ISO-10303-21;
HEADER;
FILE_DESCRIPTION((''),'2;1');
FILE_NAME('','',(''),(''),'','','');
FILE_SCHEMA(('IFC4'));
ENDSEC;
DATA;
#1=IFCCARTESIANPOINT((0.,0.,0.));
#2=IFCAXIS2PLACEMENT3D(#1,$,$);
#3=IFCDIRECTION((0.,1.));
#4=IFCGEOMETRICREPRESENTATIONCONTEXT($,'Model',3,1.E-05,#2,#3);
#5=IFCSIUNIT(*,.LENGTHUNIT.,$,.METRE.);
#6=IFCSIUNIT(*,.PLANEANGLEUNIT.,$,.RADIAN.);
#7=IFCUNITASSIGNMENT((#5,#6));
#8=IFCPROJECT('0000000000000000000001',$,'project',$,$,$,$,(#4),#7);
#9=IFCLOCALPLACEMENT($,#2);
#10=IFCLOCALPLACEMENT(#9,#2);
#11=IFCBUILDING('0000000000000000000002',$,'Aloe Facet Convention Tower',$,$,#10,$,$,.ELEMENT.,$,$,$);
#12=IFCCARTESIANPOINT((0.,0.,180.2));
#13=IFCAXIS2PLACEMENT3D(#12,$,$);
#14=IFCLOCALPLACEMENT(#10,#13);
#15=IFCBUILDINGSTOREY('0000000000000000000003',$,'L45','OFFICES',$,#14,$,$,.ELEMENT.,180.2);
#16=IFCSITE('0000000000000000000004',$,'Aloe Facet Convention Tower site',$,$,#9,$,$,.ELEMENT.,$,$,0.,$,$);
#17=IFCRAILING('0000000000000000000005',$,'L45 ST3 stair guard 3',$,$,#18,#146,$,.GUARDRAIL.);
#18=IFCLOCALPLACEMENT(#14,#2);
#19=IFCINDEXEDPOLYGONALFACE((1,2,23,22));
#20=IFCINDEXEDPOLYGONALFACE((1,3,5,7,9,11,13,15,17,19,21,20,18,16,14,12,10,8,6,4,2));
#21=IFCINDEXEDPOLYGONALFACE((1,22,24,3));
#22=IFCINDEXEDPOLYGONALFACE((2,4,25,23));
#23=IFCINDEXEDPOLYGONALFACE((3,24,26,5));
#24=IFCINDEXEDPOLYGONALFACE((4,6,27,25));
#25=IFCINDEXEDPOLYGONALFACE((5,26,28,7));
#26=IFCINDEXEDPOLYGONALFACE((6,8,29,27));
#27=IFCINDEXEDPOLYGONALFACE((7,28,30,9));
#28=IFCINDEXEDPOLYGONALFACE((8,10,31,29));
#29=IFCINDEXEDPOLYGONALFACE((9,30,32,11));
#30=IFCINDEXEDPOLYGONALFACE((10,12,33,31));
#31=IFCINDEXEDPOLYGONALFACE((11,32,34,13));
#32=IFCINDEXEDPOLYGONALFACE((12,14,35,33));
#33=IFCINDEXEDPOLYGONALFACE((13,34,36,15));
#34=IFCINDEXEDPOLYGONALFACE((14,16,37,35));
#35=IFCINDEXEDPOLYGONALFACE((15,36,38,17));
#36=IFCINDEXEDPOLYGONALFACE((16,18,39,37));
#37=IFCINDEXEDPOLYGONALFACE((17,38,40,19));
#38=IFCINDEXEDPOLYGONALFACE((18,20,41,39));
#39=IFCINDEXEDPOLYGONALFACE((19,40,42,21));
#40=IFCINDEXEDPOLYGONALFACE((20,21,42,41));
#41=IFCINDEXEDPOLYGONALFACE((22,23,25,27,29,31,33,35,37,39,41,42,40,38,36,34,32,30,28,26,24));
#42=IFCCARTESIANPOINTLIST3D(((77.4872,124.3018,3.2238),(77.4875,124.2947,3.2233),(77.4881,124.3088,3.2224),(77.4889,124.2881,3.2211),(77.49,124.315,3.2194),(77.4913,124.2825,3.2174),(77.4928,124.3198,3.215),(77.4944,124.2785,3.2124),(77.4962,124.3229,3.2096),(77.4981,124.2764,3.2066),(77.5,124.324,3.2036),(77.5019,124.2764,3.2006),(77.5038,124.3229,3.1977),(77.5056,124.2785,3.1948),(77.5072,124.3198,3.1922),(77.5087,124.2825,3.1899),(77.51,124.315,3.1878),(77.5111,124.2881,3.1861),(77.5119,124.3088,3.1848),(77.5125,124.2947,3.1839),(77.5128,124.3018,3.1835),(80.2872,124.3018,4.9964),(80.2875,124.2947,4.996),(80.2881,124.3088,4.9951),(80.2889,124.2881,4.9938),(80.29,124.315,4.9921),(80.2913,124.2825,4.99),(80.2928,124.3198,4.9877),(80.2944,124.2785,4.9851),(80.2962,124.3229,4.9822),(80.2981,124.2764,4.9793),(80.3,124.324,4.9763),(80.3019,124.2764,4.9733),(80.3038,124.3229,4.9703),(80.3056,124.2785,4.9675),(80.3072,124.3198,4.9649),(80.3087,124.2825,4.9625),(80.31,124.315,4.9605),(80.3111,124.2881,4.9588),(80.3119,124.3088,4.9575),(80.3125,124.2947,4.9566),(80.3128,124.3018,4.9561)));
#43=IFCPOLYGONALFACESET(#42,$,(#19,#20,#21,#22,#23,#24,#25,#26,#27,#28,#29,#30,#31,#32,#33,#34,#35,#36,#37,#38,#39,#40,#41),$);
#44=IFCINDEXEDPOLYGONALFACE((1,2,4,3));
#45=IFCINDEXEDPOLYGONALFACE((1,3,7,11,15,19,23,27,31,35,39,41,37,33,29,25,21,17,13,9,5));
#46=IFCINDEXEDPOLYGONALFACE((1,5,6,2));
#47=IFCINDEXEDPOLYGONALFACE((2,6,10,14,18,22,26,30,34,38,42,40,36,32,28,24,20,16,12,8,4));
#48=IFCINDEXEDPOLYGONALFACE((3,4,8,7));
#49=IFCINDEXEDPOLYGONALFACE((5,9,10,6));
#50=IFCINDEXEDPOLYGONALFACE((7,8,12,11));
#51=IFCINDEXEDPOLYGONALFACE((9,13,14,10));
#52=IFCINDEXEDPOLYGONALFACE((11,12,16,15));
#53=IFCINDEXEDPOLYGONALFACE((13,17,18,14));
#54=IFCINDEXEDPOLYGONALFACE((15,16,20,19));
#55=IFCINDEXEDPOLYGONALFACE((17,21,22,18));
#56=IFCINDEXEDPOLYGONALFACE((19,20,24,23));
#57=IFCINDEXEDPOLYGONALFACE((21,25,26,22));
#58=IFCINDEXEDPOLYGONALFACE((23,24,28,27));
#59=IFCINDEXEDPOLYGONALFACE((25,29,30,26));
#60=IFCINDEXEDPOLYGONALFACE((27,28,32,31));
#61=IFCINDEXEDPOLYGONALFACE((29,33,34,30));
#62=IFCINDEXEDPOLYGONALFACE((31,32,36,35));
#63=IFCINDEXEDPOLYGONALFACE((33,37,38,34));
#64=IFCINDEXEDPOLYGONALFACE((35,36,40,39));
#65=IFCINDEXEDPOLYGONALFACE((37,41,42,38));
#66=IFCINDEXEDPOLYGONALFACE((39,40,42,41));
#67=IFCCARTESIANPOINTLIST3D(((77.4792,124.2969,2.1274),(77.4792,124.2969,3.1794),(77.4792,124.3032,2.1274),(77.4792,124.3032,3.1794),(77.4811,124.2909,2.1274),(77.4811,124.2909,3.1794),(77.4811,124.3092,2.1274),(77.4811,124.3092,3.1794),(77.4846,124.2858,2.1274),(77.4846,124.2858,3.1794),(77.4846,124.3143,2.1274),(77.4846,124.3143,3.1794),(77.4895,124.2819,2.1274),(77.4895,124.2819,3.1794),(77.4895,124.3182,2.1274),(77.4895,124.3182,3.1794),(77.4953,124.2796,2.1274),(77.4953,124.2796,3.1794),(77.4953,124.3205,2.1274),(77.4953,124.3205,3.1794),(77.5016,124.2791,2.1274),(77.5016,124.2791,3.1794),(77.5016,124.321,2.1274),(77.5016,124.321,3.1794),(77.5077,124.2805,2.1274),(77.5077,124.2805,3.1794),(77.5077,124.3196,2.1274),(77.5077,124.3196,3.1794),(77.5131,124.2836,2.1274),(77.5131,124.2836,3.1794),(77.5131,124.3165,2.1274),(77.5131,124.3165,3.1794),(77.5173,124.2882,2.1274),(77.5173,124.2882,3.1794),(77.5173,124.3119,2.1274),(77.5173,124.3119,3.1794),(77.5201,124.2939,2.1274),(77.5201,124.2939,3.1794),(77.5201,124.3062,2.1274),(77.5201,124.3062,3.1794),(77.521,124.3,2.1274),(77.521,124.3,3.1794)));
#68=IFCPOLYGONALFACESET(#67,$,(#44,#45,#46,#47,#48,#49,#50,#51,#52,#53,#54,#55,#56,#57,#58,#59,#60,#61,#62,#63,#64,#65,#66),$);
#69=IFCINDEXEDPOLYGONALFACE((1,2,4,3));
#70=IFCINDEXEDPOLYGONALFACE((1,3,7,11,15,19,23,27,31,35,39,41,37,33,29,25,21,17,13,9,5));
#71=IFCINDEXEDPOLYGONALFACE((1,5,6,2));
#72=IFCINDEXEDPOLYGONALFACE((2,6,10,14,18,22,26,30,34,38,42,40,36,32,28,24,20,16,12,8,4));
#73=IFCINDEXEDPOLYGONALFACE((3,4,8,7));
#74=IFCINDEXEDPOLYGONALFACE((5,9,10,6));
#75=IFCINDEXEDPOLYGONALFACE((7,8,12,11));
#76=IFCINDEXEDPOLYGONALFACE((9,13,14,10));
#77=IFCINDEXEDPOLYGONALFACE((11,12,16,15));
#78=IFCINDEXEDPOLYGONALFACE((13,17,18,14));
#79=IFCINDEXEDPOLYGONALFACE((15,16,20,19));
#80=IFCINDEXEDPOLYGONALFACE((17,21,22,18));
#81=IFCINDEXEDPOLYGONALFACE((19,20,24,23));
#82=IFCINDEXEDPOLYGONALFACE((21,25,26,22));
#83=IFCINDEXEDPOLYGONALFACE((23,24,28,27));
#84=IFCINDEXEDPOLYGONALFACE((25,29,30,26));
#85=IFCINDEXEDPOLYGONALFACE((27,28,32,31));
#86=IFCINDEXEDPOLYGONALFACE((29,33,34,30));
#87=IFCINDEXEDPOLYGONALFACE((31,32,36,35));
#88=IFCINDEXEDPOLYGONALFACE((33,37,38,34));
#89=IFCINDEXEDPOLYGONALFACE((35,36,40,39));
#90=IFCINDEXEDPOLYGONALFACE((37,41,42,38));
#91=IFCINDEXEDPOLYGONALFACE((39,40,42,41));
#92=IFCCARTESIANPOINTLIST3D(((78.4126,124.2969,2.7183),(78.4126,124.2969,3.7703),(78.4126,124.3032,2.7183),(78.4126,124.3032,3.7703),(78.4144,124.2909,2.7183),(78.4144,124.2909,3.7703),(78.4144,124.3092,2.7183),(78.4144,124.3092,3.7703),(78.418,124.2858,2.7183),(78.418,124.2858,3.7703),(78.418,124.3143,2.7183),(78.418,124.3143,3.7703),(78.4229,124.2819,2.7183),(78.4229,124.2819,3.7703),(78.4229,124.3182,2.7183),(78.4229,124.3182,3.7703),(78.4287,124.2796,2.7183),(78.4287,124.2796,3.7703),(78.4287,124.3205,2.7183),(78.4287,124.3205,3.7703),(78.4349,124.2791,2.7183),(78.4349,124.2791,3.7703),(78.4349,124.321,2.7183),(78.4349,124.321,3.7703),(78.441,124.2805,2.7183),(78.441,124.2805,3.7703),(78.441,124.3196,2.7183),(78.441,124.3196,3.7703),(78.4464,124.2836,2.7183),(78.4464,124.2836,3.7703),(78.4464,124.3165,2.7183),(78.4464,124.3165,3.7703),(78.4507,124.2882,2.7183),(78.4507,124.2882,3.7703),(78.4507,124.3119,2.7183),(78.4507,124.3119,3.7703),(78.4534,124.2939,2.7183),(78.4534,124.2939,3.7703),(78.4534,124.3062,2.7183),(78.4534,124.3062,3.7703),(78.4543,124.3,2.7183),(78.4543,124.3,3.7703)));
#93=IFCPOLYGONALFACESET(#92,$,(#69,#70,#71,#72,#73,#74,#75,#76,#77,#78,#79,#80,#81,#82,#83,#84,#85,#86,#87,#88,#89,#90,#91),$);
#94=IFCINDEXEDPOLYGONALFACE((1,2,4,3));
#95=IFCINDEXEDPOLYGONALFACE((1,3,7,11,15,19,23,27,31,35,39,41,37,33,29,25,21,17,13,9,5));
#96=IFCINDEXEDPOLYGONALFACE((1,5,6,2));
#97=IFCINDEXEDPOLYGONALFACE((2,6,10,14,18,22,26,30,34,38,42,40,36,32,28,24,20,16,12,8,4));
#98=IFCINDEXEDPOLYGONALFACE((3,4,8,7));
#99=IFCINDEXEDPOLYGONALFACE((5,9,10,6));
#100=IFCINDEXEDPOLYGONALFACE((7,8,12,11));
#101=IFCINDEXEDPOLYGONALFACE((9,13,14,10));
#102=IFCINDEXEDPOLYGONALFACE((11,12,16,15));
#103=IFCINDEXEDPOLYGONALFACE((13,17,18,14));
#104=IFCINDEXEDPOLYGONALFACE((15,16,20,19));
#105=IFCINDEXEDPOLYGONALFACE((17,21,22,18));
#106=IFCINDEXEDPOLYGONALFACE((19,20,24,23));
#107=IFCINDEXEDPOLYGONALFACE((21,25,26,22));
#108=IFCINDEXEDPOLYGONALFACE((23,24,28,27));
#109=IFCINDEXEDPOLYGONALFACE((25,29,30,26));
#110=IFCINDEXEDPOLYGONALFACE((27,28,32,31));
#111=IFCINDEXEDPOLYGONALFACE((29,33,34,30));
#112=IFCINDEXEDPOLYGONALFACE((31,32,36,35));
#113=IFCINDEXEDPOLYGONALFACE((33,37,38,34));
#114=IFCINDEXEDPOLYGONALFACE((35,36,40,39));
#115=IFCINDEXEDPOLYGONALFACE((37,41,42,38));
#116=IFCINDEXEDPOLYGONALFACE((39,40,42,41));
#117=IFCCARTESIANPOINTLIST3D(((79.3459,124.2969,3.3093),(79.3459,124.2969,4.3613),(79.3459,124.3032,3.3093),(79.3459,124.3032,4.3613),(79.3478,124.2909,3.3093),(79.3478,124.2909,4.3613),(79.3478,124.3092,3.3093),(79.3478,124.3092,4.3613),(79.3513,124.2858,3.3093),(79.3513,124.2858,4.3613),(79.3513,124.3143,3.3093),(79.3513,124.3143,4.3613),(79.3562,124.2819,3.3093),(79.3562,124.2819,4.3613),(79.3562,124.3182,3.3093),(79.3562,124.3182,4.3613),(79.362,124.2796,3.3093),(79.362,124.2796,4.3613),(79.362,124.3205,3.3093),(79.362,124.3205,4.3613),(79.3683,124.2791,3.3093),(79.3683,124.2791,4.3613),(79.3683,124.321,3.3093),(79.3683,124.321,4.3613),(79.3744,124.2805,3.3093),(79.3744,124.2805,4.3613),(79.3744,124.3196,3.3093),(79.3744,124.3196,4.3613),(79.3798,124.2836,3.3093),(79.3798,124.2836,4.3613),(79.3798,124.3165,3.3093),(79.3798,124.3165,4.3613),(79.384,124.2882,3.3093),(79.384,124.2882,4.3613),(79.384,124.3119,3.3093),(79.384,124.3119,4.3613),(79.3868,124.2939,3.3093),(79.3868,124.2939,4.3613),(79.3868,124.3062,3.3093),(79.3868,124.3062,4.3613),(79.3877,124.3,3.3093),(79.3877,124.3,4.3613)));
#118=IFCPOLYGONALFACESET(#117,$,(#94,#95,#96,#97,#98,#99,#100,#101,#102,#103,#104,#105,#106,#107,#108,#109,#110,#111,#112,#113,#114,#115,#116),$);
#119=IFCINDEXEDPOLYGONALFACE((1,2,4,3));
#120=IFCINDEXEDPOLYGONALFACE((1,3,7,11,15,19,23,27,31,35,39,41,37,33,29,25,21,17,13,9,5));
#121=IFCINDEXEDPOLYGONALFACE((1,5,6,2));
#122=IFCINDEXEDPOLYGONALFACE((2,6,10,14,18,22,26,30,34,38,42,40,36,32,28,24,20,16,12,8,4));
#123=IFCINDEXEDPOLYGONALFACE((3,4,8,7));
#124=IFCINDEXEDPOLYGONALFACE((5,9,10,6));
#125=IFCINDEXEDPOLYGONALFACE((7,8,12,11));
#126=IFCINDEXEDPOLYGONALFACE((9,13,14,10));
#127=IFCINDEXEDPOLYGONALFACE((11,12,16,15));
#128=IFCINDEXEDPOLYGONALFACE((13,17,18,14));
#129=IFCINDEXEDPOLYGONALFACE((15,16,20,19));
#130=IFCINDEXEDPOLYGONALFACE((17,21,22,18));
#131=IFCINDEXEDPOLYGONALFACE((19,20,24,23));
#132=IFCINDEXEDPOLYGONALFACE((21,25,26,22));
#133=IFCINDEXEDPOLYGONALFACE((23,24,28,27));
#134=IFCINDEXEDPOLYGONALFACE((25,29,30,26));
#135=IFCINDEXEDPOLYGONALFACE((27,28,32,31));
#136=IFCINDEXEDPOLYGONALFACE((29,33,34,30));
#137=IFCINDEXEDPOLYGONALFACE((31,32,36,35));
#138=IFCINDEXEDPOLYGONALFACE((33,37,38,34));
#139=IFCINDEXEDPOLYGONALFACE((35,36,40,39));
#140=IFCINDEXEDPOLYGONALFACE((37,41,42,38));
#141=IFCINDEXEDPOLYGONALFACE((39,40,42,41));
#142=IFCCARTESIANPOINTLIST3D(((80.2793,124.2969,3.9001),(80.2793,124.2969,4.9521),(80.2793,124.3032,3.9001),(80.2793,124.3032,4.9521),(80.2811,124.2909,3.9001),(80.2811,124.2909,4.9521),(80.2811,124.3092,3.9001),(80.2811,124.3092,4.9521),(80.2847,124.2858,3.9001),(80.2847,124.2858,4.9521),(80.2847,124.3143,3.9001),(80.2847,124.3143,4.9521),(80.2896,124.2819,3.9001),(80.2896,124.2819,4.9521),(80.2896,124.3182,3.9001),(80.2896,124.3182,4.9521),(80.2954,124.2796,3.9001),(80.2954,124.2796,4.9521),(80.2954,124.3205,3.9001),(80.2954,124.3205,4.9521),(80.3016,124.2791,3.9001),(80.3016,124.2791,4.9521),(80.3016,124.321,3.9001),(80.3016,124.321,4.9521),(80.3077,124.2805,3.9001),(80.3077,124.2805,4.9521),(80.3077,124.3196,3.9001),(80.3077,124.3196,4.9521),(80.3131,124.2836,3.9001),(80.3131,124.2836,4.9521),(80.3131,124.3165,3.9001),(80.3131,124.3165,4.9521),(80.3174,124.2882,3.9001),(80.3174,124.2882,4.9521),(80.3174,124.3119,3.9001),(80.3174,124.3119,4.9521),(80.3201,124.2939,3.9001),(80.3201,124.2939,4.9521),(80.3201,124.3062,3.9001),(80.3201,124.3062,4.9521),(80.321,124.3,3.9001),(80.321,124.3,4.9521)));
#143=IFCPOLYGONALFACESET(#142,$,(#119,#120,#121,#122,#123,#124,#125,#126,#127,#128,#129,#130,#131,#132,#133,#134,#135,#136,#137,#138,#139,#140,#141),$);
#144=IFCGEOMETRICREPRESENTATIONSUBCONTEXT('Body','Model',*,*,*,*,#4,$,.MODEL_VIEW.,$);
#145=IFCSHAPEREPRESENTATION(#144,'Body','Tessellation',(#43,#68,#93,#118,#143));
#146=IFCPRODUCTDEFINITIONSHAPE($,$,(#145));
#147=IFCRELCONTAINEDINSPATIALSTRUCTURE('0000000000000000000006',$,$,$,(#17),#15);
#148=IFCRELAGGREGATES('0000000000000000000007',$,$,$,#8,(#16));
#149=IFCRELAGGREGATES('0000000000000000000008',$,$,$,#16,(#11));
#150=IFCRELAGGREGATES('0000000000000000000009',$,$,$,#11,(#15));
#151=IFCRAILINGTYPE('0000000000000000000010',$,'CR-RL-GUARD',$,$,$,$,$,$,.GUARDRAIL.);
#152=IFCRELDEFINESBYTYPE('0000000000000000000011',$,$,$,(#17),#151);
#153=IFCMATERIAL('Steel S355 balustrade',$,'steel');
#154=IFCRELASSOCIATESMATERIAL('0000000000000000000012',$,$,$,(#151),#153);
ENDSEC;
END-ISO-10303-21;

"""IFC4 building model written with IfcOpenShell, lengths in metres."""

from ifc_helpers import new_model, si_unit, direction, frame, origin, origin_2d, place, context, subcontext, project, spatial, circle, extrude, material, type_object, element, save


model = new_model("IFC4")

# Units and contexts
model_context = context("Model", 3, precision=1e-05, world=origin(), true_north=direction((0.0, 1.0)))
body_context = subcontext(model_context, "Body", "Model", "MODEL_VIEW")
ifc_project = project(units=[si_unit("LENGTHUNIT", "METRE"), si_unit("PLANEANGLEUNIT", "RADIAN")], contexts=[model_context])

# Site, building, storey
site_placement = place(None, origin())
site = spatial("IfcSite", under=ifc_project, at=site_placement, Name="Aloe Facet Convention Tower site", CompositionType="ELEMENT", RefElevation=0.0)
building_placement = place(site_placement, origin())
building = spatial("IfcBuilding", under=site, at=building_placement, Name="Aloe Facet Convention Tower", CompositionType="ELEMENT")
storey_placement = place(building_placement, frame((0.0, 0.0, 180.2)))
storey = spatial("IfcBuildingStorey", under=building, at=storey_placement, Name="L45", Description="OFFICES", CompositionType="ELEMENT", Elevation=180.2)

# Railing
ifc_material_1 = material(Name="Steel S355 balustrade", Category="steel")
railing_type_1 = type_object("IfcRailingType", Name="CR-RL-GUARD", PredefinedType="GUARDRAIL", material=ifc_material_1)
railing_1_placement = place(storey_placement, frame((77.5, 124.3, 2.1274)))
element("IfcRailing", 1, at=railing_1_placement, inside=storey, type_object=railing_type_1, Name="L45 ST3 stair guard 3", PredefinedType="GUARDRAIL", context=body_context, shape_type="SweptSolid", body=[
    extrude(circle(Radius=0.0239, at=origin_2d()), frame((0.0, 0.0, 1.0762), z_axis=(0.844909, 0.0, 0.53491), x_axis=(0.0, 1.0, 0.0)), (0.0, 0.0, 1.0), 3.314),
    extrude(circle(Radius=0.021, at=origin_2d()), origin(), (0.0, 0.0, 1.0), 1.052),
    extrude(circle(Radius=0.021, at=origin_2d()), frame((0.9333, 0.0, 0.5908)), (0.0, 0.0, 1.0), 1.052),
    extrude(circle(Radius=0.021, at=origin_2d()), frame((1.8667, 0.0, 1.1819)), (0.0, 0.0, 1.0), 1.052),
    extrude(circle(Radius=0.021, at=origin_2d()), frame((2.8, 0.0, 1.7727)), (0.0, 0.0, 1.0), 1.052),
])

save(model, "model.ifc")
